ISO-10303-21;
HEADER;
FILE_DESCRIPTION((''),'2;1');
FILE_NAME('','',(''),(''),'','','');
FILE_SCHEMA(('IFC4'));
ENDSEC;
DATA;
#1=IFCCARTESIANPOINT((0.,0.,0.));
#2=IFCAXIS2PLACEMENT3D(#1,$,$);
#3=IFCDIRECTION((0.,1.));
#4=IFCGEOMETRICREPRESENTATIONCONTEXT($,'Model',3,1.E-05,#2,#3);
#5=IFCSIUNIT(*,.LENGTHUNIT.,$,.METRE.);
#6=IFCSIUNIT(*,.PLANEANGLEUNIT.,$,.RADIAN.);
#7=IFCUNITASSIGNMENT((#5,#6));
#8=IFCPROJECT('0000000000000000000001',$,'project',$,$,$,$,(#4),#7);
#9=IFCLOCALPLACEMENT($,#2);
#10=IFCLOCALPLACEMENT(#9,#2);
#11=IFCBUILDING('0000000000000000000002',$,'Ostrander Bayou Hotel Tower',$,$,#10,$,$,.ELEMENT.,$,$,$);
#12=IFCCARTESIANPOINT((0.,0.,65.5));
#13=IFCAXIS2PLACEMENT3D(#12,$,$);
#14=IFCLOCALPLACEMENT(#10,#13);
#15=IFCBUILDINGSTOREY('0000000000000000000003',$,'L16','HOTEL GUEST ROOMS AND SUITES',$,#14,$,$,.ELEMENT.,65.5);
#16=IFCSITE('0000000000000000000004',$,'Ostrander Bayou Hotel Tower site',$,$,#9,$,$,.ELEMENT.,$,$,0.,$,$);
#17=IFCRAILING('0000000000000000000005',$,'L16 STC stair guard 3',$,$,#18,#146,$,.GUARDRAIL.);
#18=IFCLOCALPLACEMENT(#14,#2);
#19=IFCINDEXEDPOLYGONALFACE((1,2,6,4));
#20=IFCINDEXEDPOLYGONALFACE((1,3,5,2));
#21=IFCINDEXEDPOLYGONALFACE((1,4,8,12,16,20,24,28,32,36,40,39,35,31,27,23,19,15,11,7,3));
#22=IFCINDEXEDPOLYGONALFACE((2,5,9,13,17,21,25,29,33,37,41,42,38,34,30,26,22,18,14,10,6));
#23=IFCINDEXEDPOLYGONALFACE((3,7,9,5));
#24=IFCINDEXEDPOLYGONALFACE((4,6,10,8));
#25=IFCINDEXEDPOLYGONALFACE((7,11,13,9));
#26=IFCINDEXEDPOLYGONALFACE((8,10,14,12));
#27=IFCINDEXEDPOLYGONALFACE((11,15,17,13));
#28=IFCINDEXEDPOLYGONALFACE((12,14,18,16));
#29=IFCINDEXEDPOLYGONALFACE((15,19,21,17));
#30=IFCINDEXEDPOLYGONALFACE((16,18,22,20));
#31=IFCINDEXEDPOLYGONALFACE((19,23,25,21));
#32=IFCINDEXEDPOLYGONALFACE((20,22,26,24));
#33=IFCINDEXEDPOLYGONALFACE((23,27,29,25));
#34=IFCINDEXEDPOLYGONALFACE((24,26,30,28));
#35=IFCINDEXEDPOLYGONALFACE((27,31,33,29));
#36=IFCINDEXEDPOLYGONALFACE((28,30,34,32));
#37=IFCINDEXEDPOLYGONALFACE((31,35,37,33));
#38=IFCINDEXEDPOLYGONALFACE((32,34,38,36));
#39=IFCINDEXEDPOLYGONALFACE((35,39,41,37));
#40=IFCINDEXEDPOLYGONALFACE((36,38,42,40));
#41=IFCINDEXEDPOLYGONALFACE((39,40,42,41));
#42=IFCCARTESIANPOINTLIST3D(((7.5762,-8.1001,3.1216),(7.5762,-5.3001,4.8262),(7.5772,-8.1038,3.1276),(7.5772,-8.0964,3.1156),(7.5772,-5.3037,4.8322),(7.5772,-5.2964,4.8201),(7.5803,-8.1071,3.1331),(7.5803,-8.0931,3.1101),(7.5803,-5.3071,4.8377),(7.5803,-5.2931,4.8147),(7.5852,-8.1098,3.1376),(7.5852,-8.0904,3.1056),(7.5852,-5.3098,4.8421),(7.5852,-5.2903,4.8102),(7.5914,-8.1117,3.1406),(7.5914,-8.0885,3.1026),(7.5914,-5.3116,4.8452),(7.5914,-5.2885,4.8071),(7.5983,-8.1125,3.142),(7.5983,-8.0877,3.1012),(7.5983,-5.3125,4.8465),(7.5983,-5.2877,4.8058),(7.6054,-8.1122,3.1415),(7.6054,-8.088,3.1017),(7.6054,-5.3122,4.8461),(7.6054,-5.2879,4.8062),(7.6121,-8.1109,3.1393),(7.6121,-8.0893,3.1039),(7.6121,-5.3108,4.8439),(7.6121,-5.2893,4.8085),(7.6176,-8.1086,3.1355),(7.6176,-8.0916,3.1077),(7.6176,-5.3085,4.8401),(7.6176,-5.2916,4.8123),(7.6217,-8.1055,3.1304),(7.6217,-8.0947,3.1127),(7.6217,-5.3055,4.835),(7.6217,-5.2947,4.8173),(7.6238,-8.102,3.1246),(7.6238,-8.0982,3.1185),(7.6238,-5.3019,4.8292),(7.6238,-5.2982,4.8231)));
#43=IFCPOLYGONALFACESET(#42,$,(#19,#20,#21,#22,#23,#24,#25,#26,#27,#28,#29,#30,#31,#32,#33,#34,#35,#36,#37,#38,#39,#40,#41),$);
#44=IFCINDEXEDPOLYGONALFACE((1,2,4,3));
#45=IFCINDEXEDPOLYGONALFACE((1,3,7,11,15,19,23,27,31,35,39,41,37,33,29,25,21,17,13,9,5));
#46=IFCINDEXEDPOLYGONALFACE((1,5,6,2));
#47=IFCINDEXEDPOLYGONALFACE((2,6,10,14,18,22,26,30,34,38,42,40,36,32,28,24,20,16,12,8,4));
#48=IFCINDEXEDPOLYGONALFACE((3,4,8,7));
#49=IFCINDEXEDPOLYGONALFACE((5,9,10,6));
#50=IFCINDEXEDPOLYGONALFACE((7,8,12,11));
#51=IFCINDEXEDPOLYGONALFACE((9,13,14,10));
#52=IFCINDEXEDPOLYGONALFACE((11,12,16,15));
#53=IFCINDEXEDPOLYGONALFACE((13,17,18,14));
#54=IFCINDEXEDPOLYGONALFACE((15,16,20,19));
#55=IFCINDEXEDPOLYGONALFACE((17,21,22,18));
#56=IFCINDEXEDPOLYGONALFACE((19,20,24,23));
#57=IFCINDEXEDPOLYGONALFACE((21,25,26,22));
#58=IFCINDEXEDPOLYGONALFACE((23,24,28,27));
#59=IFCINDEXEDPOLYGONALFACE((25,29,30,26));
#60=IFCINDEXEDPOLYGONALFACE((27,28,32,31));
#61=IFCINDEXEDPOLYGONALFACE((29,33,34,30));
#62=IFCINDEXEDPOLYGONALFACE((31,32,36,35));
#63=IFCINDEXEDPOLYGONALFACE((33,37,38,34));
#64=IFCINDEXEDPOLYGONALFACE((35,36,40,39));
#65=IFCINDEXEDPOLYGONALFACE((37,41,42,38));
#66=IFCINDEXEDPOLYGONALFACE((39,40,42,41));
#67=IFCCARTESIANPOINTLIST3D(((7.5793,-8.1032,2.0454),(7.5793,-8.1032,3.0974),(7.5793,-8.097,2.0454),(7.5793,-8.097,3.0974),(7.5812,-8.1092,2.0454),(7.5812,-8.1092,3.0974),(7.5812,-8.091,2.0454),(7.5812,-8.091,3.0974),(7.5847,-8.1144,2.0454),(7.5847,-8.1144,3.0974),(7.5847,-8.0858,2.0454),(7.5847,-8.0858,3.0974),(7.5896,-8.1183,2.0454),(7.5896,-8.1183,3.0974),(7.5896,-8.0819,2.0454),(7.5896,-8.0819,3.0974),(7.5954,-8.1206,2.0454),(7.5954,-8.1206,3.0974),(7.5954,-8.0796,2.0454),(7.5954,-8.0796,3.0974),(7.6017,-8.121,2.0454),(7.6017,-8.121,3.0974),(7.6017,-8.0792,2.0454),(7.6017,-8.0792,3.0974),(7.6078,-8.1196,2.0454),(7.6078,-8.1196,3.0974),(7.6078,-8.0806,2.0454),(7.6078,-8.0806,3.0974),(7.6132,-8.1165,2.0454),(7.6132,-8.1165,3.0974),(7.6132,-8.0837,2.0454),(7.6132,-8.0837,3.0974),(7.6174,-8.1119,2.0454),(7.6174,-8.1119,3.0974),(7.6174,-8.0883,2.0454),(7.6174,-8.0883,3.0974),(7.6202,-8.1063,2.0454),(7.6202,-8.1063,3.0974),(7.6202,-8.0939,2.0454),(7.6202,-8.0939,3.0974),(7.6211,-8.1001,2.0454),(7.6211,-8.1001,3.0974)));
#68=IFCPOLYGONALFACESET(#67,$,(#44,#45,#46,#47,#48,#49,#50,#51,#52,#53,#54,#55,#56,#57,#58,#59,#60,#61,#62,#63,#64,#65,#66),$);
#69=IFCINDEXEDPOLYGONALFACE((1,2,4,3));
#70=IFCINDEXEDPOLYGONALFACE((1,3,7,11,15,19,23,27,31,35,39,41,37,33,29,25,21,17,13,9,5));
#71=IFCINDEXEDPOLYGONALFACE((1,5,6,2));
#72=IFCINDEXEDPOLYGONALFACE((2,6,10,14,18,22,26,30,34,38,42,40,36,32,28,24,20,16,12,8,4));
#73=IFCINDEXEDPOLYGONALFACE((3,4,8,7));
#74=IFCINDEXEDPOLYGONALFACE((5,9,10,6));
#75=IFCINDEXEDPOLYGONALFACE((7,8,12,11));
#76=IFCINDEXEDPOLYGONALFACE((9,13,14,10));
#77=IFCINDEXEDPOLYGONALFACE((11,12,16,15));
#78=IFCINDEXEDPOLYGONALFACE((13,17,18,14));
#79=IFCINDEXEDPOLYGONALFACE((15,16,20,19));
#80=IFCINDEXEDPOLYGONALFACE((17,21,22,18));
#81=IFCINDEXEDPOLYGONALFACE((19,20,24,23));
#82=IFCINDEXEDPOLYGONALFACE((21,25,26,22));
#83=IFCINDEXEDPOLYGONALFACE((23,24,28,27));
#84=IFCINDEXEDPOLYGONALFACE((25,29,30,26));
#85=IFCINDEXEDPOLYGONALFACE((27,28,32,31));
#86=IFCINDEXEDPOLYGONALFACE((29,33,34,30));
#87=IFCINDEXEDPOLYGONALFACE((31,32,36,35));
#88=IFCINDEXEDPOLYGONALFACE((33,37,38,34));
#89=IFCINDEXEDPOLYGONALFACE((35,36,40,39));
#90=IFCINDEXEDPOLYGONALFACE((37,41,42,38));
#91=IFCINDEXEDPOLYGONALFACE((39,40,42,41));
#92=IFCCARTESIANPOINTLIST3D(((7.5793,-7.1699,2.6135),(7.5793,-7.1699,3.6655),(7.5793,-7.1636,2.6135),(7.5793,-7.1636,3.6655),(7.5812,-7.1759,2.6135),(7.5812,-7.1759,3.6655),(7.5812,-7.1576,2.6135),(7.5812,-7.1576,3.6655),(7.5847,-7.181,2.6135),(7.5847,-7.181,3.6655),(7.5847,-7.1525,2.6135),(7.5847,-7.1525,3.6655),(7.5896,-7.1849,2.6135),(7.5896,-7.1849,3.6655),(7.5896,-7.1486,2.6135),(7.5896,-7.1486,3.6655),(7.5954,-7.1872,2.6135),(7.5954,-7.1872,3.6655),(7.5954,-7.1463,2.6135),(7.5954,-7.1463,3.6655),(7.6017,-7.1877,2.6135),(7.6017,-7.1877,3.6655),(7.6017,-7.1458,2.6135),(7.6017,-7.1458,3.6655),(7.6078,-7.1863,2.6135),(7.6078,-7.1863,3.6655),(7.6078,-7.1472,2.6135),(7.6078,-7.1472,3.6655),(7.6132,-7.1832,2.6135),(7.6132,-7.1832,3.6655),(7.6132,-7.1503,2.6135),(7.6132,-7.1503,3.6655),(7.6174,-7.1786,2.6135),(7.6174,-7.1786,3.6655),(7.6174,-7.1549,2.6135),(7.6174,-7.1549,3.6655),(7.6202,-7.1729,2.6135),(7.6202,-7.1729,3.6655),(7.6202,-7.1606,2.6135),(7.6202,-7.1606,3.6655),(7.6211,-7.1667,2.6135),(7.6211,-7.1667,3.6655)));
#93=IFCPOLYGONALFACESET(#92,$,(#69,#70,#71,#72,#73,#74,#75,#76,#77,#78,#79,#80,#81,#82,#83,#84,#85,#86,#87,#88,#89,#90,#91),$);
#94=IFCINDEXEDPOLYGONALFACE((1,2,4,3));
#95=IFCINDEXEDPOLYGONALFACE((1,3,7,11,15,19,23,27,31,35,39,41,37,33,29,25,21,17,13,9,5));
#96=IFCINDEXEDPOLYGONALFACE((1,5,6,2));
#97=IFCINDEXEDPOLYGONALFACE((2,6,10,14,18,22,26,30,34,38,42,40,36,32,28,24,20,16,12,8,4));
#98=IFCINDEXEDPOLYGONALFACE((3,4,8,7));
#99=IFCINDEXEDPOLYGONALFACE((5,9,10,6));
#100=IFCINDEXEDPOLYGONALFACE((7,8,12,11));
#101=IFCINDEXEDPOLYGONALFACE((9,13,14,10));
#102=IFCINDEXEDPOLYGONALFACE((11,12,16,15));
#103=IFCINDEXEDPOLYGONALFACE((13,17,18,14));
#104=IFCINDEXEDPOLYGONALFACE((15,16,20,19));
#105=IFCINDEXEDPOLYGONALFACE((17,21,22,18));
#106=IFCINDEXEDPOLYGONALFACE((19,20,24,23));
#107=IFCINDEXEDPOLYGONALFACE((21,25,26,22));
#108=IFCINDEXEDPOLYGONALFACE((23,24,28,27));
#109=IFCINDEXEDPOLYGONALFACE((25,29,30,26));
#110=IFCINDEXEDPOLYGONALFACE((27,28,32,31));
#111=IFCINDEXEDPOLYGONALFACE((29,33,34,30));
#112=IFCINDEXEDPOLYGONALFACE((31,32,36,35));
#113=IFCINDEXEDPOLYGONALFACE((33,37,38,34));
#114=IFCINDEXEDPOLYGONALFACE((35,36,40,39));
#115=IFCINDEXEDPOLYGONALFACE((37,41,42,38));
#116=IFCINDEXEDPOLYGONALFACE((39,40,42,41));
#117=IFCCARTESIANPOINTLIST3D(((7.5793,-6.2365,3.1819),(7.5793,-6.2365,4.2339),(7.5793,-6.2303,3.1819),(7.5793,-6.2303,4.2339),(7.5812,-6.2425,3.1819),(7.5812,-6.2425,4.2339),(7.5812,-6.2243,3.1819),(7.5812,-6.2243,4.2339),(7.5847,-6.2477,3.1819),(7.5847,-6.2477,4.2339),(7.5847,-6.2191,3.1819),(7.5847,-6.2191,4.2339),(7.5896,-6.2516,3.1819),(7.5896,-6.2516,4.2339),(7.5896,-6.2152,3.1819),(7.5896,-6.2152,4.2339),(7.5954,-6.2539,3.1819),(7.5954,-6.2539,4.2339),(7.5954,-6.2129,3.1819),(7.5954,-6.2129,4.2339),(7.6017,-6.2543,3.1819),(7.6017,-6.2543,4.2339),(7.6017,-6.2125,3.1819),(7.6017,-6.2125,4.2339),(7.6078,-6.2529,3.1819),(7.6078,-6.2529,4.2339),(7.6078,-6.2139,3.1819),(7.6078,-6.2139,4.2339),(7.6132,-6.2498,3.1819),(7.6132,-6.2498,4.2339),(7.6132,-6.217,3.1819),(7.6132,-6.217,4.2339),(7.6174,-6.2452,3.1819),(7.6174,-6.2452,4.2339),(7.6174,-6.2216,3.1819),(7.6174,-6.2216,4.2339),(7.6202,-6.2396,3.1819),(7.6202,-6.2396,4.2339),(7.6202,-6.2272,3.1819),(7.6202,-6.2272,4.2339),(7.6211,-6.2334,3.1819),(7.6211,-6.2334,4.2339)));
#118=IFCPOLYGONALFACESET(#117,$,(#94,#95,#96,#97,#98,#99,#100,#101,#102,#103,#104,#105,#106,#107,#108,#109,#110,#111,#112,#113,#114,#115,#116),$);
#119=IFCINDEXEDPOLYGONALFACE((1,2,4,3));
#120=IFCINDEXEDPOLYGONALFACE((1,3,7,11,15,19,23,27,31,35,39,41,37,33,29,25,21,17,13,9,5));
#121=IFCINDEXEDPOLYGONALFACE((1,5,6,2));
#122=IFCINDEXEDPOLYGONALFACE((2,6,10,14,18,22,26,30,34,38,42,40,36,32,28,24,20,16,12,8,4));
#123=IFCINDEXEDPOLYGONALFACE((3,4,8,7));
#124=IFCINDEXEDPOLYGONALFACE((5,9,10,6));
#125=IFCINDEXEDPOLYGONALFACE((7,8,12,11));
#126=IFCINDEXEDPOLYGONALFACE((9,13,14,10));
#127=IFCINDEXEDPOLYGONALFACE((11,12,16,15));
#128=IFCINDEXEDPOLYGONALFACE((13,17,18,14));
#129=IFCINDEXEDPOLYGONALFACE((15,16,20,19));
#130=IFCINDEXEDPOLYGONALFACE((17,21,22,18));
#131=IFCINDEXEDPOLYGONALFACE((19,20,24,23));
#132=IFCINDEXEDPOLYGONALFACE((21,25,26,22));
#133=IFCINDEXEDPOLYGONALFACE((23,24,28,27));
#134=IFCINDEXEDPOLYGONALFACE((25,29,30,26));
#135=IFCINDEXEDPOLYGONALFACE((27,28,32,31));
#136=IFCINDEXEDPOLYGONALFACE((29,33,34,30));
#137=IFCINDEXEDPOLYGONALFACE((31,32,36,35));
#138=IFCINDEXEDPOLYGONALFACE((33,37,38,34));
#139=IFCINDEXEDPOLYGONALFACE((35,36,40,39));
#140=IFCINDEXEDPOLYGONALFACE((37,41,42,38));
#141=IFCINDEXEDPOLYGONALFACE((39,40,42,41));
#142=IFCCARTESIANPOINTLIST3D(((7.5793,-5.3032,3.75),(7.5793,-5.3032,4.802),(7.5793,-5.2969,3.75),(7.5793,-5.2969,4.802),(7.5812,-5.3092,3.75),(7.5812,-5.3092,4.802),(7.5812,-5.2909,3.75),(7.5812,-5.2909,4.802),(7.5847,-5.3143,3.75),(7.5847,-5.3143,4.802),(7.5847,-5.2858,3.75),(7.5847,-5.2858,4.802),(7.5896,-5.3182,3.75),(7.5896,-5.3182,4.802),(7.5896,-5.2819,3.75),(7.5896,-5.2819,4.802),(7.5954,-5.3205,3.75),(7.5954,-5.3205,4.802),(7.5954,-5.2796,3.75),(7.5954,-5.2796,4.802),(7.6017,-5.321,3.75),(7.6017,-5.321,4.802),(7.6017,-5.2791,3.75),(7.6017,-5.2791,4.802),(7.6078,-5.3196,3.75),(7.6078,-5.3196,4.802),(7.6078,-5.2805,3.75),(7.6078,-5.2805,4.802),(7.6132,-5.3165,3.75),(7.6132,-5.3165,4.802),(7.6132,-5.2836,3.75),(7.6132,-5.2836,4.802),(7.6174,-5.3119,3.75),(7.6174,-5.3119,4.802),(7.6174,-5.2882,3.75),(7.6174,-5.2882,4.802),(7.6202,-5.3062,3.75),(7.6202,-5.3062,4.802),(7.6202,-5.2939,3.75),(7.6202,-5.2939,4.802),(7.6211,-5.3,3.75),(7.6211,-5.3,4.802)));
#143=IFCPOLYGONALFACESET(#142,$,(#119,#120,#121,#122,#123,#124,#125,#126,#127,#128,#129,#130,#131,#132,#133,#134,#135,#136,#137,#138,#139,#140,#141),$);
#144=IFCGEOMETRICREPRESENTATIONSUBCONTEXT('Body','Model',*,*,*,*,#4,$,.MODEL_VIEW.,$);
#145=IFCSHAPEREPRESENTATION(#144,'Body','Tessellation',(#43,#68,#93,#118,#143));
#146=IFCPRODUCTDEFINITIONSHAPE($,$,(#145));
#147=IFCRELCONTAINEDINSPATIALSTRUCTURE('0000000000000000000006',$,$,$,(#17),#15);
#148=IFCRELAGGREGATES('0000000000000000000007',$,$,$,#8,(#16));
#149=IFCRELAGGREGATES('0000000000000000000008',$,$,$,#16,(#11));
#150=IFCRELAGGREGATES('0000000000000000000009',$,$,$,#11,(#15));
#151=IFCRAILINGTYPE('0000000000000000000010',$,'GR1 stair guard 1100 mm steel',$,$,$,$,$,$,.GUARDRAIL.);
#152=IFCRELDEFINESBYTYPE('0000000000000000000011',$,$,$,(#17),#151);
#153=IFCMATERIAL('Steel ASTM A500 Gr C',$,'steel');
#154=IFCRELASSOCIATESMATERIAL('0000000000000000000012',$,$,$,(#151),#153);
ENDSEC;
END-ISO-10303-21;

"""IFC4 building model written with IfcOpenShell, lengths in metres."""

from ifc_helpers import new_model, si_unit, direction, frame, origin, origin_2d, place, context, subcontext, project, spatial, circle, extrude, material, type_object, element, save


model = new_model("IFC4")

# Units and contexts
model_context = context("Model", 3, precision=1e-05, world=origin(), true_north=direction((0.0, 1.0)))
body_context = subcontext(model_context, "Body", "Model", "MODEL_VIEW")
ifc_project = project(units=[si_unit("LENGTHUNIT", "METRE"), si_unit("PLANEANGLEUNIT", "RADIAN")], contexts=[model_context])

# Site, building, storey
site_placement = place(None, origin())
site = spatial("IfcSite", under=ifc_project, at=site_placement, Name="Ostrander Bayou Hotel Tower site", CompositionType="ELEMENT", RefElevation=0.0)
building_placement = place(site_placement, origin())
building = spatial("IfcBuilding", under=site, at=building_placement, Name="Ostrander Bayou Hotel Tower", CompositionType="ELEMENT")
storey_placement = place(building_placement, frame((0.0, 0.0, 65.5)))
storey = spatial("IfcBuildingStorey", under=building, at=storey_placement, Name="L16", Description="HOTEL GUEST ROOMS AND SUITES", CompositionType="ELEMENT", Elevation=65.5)

# Railing
ifc_material_1 = material(Name="Steel ASTM A500 Gr C", Category="steel")
railing_type_1 = type_object("IfcRailingType", Name="GR1 stair guard 1100 mm steel", PredefinedType="GUARDRAIL", material=ifc_material_1)
railing_1_placement = place(storey_placement, frame((7.6001, -8.1001, 2.0454)))
element("IfcRailing", 1, at=railing_1_placement, inside=storey, type_object=railing_type_1, Name="L16 STC stair guard 3", PredefinedType="GUARDRAIL", context=body_context, shape_type="SweptSolid", body=[
    extrude(circle(Radius=0.0239, at=origin_2d()), frame((0.0, 0.0, 1.0762), z_axis=(0.0, 0.85417, 0.519994), x_axis=(-1.0, 0.0, 0.0)), (0.0, 0.0, 1.0), 3.2781),
    extrude(circle(Radius=0.021, at=origin_2d()), origin(), (0.0, 0.0, 1.0), 1.052),
    extrude(circle(Radius=0.021, at=origin_2d()), frame((0.0, 0.9333, 0.5681)), (0.0, 0.0, 1.0), 1.052),
    extrude(circle(Radius=0.021, at=origin_2d()), frame((0.0, 1.8667, 1.1365)), (0.0, 0.0, 1.0), 1.052),
    extrude(circle(Radius=0.021, at=origin_2d()), frame((0.0, 2.8, 1.7046)), (0.0, 0.0, 1.0), 1.052),
])

save(model, "model.ifc")
